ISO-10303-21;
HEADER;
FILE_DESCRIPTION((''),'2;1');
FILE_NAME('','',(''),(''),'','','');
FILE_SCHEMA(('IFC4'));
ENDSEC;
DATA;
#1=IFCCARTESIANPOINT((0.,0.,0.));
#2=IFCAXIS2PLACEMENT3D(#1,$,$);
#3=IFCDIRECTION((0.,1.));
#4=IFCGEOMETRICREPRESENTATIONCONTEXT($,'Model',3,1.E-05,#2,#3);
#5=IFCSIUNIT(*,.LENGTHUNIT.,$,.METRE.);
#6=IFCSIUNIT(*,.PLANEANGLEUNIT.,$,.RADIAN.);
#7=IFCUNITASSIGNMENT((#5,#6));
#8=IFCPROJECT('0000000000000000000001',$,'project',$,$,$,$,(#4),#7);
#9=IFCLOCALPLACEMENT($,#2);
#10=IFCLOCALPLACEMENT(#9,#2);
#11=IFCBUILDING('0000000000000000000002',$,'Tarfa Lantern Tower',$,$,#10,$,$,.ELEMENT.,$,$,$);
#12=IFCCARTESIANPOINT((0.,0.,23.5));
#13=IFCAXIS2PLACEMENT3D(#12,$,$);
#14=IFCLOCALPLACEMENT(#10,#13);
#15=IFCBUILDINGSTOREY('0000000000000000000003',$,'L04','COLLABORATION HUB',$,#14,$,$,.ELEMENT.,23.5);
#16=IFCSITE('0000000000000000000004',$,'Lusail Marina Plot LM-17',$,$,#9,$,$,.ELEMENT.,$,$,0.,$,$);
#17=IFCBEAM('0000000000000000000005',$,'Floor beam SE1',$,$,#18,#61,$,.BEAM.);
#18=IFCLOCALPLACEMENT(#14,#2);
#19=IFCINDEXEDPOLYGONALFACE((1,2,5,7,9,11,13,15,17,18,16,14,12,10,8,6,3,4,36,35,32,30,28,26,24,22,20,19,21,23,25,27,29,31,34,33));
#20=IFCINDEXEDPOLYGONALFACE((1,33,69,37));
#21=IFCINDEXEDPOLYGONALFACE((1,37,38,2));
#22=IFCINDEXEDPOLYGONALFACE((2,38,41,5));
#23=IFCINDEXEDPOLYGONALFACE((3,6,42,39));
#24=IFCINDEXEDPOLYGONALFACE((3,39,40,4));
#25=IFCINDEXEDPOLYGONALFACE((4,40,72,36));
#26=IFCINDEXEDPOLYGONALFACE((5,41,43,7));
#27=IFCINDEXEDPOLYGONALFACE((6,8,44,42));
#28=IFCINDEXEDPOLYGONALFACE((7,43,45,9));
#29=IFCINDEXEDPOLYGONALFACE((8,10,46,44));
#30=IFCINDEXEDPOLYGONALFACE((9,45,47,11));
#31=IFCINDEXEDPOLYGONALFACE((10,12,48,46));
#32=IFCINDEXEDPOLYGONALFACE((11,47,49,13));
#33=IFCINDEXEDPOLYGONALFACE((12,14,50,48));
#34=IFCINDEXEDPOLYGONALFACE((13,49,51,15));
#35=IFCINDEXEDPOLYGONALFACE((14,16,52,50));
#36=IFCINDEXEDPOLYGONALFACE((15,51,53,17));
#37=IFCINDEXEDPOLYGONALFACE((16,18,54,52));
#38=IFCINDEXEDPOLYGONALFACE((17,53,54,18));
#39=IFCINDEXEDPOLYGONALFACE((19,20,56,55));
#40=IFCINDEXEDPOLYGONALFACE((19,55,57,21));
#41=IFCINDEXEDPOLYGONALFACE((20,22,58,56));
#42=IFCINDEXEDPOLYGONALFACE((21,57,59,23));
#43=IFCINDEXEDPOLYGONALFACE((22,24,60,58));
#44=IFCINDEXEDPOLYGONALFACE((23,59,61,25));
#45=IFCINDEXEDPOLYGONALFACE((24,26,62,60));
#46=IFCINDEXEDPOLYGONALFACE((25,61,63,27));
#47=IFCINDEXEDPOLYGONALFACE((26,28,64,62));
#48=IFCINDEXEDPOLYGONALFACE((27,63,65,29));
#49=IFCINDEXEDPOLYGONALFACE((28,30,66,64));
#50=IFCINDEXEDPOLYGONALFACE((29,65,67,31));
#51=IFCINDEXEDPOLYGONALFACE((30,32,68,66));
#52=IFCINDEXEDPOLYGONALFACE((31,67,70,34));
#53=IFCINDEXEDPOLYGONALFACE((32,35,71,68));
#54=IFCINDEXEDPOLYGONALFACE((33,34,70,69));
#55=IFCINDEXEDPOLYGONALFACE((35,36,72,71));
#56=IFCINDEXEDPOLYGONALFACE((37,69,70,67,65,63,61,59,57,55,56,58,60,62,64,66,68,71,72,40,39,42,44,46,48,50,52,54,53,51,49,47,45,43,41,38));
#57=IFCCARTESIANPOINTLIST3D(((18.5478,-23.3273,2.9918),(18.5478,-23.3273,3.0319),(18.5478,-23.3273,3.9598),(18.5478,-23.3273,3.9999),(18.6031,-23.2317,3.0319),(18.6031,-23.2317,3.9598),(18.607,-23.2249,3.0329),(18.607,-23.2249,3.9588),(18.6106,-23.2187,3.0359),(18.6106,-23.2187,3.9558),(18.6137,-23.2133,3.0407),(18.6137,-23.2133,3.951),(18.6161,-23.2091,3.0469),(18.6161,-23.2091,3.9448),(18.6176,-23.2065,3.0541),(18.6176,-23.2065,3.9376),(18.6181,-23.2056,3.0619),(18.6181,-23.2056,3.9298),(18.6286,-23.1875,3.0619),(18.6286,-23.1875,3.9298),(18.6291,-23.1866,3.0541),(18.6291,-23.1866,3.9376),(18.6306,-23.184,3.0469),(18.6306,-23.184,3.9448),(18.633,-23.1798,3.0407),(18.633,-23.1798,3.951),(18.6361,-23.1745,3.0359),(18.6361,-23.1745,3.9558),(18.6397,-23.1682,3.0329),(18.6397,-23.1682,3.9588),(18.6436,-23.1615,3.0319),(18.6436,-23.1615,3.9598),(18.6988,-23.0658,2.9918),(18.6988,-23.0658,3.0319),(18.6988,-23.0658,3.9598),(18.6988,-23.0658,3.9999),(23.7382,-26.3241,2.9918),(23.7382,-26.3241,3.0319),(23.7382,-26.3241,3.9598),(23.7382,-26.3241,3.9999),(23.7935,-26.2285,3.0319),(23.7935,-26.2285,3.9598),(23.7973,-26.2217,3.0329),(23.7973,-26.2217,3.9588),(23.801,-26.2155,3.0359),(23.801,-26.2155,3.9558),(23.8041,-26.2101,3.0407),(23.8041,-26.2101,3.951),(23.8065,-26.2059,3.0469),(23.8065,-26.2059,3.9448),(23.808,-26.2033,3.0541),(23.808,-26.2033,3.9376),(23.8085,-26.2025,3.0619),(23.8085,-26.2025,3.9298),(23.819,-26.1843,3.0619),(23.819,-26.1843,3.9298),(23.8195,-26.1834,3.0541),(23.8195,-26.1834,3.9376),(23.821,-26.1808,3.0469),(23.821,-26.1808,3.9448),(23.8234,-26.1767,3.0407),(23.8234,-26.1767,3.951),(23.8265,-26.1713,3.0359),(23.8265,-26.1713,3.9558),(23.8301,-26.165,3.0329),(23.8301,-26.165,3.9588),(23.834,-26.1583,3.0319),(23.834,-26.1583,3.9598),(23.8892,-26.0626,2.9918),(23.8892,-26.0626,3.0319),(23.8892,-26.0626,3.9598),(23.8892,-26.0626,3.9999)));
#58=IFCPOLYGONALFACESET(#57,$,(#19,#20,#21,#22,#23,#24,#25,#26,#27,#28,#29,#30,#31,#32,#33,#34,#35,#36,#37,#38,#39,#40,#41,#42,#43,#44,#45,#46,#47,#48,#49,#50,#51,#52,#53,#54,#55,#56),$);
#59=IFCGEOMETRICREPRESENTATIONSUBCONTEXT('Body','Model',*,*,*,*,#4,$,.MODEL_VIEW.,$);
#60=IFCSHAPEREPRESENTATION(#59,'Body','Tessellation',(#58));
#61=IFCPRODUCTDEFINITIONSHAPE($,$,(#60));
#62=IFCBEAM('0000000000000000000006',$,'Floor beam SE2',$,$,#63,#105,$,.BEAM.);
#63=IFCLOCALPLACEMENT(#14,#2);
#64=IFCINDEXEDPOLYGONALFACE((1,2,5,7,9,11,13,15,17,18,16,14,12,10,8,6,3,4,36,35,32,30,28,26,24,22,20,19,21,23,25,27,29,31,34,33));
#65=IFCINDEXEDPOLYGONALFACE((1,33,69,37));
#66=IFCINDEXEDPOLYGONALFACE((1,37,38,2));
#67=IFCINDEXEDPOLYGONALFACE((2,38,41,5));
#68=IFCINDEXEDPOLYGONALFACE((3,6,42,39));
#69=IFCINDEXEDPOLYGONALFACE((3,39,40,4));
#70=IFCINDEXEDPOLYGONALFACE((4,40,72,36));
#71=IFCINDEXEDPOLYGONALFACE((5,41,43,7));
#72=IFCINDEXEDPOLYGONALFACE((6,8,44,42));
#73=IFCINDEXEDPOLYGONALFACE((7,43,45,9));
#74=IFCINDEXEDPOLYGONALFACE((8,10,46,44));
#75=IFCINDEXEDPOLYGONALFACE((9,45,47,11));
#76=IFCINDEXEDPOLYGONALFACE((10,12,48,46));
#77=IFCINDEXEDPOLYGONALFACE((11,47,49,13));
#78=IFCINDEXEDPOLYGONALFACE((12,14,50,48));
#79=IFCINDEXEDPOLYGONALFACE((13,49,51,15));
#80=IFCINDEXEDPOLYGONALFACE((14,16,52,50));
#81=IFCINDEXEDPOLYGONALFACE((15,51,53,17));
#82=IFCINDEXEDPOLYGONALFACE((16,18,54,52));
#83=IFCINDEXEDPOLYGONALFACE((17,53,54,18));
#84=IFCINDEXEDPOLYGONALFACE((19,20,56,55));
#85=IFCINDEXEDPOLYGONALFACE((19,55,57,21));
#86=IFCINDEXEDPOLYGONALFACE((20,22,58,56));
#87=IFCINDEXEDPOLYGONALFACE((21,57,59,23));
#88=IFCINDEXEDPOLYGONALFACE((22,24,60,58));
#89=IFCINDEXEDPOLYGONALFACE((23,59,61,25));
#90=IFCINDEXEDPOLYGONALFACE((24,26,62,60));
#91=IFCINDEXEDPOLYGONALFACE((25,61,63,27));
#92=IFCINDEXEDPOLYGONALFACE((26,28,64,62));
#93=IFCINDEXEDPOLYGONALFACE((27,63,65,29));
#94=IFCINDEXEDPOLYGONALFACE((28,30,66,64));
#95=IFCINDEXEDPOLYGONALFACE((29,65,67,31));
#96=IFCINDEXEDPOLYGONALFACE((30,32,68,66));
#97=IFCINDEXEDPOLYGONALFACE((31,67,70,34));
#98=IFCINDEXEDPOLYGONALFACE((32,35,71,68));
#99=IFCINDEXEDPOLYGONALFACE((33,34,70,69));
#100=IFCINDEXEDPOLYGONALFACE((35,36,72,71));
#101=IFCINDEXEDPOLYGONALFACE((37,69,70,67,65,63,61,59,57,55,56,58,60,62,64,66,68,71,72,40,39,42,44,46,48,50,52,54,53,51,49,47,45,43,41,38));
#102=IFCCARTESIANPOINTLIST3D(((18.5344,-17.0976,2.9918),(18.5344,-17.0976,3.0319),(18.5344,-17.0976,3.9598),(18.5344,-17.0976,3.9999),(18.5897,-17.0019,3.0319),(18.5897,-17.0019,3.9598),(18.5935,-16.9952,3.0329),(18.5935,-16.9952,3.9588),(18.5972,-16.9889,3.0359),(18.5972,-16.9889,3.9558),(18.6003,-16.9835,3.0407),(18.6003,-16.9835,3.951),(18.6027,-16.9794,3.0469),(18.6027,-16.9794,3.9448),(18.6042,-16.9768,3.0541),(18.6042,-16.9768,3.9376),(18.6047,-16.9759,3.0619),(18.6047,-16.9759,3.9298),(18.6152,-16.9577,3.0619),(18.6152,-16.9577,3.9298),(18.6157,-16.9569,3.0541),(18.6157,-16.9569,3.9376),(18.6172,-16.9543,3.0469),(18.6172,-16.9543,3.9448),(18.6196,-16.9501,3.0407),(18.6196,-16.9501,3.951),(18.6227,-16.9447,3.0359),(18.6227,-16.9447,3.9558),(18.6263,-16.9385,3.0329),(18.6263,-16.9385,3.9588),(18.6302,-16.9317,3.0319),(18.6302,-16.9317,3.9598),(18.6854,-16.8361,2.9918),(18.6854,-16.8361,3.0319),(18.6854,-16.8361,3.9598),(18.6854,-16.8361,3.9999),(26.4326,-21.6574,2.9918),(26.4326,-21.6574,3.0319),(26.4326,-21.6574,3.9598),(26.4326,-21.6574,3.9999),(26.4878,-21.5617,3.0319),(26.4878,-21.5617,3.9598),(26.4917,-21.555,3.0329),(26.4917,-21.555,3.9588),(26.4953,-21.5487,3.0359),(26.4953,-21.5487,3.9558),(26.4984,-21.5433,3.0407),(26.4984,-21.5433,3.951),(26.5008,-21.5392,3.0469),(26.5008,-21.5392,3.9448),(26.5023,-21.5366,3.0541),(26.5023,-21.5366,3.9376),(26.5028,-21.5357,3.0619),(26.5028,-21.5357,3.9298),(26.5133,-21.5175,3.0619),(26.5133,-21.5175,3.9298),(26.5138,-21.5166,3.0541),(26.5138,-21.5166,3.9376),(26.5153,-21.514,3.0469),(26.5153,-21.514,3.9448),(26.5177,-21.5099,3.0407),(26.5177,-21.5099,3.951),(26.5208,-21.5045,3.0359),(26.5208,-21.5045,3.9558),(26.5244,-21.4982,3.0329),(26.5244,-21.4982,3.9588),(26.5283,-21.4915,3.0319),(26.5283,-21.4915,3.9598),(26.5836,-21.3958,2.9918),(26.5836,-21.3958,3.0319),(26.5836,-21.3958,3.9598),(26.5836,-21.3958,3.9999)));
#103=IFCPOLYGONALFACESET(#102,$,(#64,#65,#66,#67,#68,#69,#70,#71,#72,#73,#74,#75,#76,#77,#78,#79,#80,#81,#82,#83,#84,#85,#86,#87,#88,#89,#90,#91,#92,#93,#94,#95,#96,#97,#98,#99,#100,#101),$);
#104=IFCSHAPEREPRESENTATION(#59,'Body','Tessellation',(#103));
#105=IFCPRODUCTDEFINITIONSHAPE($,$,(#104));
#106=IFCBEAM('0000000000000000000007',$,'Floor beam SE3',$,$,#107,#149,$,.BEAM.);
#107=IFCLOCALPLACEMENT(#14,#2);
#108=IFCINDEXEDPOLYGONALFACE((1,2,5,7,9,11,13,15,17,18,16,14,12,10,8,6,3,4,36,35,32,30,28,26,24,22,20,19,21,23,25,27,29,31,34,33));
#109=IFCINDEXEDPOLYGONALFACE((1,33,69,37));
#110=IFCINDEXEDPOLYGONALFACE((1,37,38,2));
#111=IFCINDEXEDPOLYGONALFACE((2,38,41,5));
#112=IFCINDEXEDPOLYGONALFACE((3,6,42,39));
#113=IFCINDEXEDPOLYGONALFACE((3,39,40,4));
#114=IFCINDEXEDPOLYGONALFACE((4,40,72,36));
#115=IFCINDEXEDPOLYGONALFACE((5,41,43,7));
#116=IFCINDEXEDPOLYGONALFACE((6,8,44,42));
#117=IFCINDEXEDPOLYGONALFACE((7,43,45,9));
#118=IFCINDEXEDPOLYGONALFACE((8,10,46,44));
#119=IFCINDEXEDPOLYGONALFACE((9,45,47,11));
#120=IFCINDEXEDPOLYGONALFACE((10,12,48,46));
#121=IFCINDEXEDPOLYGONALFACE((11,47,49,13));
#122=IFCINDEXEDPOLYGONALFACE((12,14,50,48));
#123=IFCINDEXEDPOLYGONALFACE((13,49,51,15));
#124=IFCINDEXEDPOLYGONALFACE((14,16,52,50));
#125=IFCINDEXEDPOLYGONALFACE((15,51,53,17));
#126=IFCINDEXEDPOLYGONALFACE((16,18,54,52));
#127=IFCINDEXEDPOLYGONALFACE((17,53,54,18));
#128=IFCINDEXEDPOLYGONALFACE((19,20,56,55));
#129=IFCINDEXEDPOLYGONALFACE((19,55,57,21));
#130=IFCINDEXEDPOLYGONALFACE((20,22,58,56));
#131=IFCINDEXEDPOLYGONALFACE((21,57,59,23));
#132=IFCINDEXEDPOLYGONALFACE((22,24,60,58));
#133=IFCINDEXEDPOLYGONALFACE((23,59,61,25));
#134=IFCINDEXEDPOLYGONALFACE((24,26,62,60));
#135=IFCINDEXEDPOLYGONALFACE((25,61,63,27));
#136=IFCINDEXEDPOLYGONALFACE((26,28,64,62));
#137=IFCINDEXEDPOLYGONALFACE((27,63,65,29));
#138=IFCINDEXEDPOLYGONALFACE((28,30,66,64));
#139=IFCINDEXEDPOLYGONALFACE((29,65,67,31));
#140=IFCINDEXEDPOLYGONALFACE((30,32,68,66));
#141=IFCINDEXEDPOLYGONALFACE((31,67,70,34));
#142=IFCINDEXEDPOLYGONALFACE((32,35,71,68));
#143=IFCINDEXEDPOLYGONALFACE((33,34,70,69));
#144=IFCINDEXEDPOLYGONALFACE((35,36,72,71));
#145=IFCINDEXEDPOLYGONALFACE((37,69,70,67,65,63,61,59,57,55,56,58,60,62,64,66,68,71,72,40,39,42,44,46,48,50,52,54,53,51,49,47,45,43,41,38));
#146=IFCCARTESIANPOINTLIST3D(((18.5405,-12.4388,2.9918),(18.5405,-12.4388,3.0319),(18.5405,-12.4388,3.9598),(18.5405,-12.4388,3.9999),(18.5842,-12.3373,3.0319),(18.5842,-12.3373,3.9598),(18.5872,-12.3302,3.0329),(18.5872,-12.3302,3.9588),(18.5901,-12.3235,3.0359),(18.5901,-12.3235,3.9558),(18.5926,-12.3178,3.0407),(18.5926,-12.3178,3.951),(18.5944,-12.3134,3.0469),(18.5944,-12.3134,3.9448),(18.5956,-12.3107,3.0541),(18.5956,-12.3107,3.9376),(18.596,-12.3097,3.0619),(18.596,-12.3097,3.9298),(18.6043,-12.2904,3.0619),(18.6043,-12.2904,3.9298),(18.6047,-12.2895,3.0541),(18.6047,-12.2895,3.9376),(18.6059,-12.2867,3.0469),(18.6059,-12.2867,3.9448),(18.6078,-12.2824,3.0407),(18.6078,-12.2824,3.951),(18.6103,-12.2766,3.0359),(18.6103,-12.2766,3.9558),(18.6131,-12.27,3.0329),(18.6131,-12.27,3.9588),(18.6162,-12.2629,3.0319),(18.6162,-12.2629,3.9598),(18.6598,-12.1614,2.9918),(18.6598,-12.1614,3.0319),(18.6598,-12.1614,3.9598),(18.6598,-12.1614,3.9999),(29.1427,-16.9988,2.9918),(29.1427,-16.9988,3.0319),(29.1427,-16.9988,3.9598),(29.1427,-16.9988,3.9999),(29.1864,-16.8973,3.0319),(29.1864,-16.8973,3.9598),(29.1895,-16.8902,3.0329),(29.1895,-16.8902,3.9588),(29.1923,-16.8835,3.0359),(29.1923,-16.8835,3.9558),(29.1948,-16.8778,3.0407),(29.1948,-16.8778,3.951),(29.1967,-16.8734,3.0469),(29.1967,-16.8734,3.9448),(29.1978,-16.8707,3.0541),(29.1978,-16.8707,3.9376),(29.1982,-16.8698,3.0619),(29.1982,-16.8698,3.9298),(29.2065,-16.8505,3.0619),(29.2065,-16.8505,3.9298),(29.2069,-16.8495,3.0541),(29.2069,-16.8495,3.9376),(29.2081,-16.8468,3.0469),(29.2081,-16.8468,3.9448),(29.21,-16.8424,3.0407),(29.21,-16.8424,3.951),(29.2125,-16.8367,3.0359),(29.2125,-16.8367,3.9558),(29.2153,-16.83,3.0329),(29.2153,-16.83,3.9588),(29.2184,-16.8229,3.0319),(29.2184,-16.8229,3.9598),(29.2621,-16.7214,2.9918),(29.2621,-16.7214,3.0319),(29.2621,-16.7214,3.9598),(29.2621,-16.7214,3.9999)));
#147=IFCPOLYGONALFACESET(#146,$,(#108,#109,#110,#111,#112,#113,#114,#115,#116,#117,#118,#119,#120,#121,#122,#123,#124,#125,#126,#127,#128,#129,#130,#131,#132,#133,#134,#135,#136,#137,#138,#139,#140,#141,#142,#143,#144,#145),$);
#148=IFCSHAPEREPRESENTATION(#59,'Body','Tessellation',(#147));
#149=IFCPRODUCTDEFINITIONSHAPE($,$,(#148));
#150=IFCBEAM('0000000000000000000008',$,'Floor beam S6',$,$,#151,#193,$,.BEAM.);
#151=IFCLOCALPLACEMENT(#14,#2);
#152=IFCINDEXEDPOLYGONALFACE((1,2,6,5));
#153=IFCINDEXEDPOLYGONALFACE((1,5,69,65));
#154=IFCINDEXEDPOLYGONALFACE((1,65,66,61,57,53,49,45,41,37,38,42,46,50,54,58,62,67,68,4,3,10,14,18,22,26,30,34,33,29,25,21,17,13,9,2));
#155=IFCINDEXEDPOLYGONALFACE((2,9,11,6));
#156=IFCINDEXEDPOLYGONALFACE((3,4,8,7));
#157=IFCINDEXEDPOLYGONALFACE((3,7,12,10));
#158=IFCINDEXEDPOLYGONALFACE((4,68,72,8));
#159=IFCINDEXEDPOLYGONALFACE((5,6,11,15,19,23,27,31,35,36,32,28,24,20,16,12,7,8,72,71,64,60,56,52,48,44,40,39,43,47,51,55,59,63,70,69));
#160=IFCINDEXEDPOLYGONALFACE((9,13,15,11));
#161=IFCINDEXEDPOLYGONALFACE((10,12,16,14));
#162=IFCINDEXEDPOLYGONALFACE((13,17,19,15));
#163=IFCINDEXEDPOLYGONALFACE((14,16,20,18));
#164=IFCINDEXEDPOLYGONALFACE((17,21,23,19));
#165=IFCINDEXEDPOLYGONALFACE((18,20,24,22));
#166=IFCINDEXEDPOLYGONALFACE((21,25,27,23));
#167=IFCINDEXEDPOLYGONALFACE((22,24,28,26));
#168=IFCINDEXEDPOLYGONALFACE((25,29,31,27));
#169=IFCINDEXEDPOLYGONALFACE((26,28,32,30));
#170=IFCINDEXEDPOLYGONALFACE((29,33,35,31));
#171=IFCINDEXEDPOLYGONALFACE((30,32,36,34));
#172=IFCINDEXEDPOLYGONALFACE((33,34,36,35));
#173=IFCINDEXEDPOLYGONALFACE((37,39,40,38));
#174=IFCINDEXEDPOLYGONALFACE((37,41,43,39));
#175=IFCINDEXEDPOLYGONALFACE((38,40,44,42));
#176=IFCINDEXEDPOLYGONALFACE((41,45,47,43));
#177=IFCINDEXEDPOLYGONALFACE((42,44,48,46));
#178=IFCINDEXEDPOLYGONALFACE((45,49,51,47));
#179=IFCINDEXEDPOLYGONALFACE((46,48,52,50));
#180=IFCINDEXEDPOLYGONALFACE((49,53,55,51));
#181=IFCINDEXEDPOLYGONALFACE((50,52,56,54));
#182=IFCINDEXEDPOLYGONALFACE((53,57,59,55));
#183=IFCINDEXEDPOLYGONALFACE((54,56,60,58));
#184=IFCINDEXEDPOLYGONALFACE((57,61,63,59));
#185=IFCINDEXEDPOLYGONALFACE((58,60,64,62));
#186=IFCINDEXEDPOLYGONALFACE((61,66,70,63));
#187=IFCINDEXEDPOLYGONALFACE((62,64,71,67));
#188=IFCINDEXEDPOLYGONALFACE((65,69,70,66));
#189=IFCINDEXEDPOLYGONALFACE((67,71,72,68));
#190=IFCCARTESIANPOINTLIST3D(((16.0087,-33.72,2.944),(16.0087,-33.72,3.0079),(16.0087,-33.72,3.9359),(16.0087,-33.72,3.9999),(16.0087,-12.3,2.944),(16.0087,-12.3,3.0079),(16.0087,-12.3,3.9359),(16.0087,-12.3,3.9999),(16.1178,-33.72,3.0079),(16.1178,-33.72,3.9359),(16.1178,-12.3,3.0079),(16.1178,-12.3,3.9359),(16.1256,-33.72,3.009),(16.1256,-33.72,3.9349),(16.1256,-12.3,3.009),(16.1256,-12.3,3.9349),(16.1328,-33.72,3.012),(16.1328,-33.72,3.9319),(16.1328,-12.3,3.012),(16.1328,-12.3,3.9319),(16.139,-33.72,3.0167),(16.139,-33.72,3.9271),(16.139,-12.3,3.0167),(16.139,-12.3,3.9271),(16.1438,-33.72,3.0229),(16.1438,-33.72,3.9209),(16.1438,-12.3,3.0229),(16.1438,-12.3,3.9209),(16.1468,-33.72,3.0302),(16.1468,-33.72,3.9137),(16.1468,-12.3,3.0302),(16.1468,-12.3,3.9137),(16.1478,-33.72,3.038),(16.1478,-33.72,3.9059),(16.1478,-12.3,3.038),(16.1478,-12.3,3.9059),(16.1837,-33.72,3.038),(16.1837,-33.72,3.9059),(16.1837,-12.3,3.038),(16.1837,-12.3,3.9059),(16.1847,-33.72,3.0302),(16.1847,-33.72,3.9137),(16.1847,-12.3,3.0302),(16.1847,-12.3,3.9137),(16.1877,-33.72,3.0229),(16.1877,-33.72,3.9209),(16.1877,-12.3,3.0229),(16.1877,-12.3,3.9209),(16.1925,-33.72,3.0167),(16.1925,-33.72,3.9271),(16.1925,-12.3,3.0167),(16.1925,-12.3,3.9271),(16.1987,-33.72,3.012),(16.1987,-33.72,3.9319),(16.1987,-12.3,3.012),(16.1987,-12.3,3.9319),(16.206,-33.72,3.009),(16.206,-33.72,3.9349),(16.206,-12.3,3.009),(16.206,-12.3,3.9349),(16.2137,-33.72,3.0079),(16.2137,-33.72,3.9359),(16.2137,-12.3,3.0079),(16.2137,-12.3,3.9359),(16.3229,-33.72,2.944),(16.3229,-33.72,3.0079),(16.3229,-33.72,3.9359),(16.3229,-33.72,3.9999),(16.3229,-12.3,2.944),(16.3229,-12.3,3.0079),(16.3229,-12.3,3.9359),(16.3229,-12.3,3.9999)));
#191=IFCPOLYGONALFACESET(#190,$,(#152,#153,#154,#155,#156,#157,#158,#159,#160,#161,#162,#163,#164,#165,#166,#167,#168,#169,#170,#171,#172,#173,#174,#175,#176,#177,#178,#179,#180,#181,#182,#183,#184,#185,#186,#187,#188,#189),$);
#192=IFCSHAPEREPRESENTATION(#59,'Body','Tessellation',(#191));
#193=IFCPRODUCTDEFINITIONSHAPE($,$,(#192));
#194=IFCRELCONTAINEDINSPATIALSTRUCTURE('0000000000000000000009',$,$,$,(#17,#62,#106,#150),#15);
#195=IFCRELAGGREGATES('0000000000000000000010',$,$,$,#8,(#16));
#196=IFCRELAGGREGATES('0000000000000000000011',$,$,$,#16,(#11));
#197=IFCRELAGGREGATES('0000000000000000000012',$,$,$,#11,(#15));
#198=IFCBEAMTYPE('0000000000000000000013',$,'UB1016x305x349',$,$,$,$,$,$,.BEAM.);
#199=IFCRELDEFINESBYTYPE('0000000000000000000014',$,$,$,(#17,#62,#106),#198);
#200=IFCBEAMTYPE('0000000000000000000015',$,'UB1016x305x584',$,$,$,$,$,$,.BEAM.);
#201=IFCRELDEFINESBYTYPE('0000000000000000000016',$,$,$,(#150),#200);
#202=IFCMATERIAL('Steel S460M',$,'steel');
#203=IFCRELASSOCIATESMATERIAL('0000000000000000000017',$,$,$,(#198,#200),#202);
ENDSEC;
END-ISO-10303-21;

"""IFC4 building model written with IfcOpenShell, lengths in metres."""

from ifc_helpers import new_model, si_unit, direction, frame, origin, origin_2d, place, context, subcontext, project, spatial, i_section, extrude, material, material_profile, profile_set, type_object, element, save


model = new_model("IFC4")

# Units and contexts
model_context = context("Model", 3, precision=1e-05, world=origin(), true_north=direction((0.0, 1.0)))
body_context = subcontext(model_context, "Body", "Model", "MODEL_VIEW")
ifc_project = project(units=[si_unit("LENGTHUNIT", "METRE"), si_unit("PLANEANGLEUNIT", "RADIAN")], contexts=[model_context])

# Site, building, storey
site_placement = place(None, origin())
site = spatial("IfcSite", under=ifc_project, at=site_placement, Name="Lusail Marina Plot LM-17", CompositionType="ELEMENT", RefElevation=0.0)
building_placement = place(site_placement, origin())
building = spatial("IfcBuilding", under=site, at=building_placement, Name="Tarfa Lantern Tower", CompositionType="ELEMENT")
storey_placement = place(building_placement, frame((0.0, 0.0, 23.5)))
storey = spatial("IfcBuildingStorey", under=building, at=storey_placement, Name="L04", Description="COLLABORATION HUB", CompositionType="ELEMENT", Elevation=23.5)

# Beams
ifc_material_1 = material(Name="Steel S460M", Category="steel")
ifc_material_profile_1 = material_profile(ifc_material_1, i_section(OverallWidth=0.302, OverallDepth=1.0081, WebThickness=0.021, FlangeThickness=0.04, FilletRadius=0.03, at=origin_2d()), Name="UB1016x305x349")
ifc_profile_set_1 = profile_set([ifc_material_profile_1], Name="Steel S460M")
beam_type_1 = type_object("IfcBeamType", Name="UB1016x305x349", PredefinedType="BEAM", material=ifc_profile_set_1)
beam_1_placement = place(storey_placement, frame((23.8137, -26.1934, 3.4958), z_axis=(-0.866016, 0.500016, 0.0), x_axis=(-0.500016, -0.866016, 0.0)))
element("IfcBeam", 1, at=beam_1_placement, inside=storey, type_object=beam_type_1, Name="Floor beam SE1", PredefinedType="BEAM", context=body_context, shape_type="SweptSolid", body=[
    extrude(i_section(OverallWidth=0.302, OverallDepth=1.0081, WebThickness=0.021, FlangeThickness=0.04, FilletRadius=0.03, at=origin_2d()), origin(), (0.0, 0.0, 1.0), 5.9934),
])
beam_2_placement = place(storey_placement, frame((26.5081, -21.5266, 3.4958), z_axis=(-0.866035, 0.499983, 0.0), x_axis=(-0.499983, -0.866035, 0.0)))
element("IfcBeam", 2, at=beam_2_placement, inside=storey, type_object=beam_type_1, Name="Floor beam SE2", PredefinedType="BEAM", context=body_context, shape_type="SweptSolid", body=[
    extrude(i_section(OverallWidth=0.302, OverallDepth=1.0081, WebThickness=0.021, FlangeThickness=0.04, FilletRadius=0.03, at=origin_2d()), origin(), (0.0, 0.0, 1.0), 9.1199),
])
beam_3_placement = place(storey_placement, frame((29.2024, -16.8601, 3.4958), z_axis=(-0.918635, 0.395106, 0.0), x_axis=(-0.395106, -0.918635, 0.0)))
element("IfcBeam", 3, at=beam_3_placement, inside=storey, type_object=beam_type_1, Name="Floor beam SE3", PredefinedType="BEAM", context=body_context, shape_type="SweptSolid", body=[
    extrude(i_section(OverallWidth=0.302, OverallDepth=1.0081, WebThickness=0.021, FlangeThickness=0.04, FilletRadius=0.03, at=origin_2d()), origin(), (0.0, 0.0, 1.0), 11.5413),
])
ifc_material_profile_2 = material_profile(ifc_material_1, i_section(OverallWidth=0.3142, OverallDepth=1.0559, WebThickness=0.0359, FlangeThickness=0.064, FilletRadius=0.03, at=origin_2d()), Name="UB1016x305x584")
ifc_profile_set_2 = profile_set([ifc_material_profile_2], Name="Steel S460M")
beam_type_2 = type_object("IfcBeamType", Name="UB1016x305x584", PredefinedType="BEAM", material=ifc_profile_set_2)
beam_4_placement = place(storey_placement, frame((16.1658, -33.72, 3.4719), z_axis=(0.0, 1.0, 0.0), x_axis=(-1.0, 0.0, 0.0)))
element("IfcBeam", 4, at=beam_4_placement, inside=storey, type_object=beam_type_2, Name="Floor beam S6", PredefinedType="BEAM", context=body_context, shape_type="SweptSolid", body=[
    extrude(i_section(OverallWidth=0.3142, OverallDepth=1.0559, WebThickness=0.0359, FlangeThickness=0.064, FilletRadius=0.03, at=origin_2d()), origin(), (0.0, 0.0, 1.0), 21.4199),
])

save(model, "model.ifc")
